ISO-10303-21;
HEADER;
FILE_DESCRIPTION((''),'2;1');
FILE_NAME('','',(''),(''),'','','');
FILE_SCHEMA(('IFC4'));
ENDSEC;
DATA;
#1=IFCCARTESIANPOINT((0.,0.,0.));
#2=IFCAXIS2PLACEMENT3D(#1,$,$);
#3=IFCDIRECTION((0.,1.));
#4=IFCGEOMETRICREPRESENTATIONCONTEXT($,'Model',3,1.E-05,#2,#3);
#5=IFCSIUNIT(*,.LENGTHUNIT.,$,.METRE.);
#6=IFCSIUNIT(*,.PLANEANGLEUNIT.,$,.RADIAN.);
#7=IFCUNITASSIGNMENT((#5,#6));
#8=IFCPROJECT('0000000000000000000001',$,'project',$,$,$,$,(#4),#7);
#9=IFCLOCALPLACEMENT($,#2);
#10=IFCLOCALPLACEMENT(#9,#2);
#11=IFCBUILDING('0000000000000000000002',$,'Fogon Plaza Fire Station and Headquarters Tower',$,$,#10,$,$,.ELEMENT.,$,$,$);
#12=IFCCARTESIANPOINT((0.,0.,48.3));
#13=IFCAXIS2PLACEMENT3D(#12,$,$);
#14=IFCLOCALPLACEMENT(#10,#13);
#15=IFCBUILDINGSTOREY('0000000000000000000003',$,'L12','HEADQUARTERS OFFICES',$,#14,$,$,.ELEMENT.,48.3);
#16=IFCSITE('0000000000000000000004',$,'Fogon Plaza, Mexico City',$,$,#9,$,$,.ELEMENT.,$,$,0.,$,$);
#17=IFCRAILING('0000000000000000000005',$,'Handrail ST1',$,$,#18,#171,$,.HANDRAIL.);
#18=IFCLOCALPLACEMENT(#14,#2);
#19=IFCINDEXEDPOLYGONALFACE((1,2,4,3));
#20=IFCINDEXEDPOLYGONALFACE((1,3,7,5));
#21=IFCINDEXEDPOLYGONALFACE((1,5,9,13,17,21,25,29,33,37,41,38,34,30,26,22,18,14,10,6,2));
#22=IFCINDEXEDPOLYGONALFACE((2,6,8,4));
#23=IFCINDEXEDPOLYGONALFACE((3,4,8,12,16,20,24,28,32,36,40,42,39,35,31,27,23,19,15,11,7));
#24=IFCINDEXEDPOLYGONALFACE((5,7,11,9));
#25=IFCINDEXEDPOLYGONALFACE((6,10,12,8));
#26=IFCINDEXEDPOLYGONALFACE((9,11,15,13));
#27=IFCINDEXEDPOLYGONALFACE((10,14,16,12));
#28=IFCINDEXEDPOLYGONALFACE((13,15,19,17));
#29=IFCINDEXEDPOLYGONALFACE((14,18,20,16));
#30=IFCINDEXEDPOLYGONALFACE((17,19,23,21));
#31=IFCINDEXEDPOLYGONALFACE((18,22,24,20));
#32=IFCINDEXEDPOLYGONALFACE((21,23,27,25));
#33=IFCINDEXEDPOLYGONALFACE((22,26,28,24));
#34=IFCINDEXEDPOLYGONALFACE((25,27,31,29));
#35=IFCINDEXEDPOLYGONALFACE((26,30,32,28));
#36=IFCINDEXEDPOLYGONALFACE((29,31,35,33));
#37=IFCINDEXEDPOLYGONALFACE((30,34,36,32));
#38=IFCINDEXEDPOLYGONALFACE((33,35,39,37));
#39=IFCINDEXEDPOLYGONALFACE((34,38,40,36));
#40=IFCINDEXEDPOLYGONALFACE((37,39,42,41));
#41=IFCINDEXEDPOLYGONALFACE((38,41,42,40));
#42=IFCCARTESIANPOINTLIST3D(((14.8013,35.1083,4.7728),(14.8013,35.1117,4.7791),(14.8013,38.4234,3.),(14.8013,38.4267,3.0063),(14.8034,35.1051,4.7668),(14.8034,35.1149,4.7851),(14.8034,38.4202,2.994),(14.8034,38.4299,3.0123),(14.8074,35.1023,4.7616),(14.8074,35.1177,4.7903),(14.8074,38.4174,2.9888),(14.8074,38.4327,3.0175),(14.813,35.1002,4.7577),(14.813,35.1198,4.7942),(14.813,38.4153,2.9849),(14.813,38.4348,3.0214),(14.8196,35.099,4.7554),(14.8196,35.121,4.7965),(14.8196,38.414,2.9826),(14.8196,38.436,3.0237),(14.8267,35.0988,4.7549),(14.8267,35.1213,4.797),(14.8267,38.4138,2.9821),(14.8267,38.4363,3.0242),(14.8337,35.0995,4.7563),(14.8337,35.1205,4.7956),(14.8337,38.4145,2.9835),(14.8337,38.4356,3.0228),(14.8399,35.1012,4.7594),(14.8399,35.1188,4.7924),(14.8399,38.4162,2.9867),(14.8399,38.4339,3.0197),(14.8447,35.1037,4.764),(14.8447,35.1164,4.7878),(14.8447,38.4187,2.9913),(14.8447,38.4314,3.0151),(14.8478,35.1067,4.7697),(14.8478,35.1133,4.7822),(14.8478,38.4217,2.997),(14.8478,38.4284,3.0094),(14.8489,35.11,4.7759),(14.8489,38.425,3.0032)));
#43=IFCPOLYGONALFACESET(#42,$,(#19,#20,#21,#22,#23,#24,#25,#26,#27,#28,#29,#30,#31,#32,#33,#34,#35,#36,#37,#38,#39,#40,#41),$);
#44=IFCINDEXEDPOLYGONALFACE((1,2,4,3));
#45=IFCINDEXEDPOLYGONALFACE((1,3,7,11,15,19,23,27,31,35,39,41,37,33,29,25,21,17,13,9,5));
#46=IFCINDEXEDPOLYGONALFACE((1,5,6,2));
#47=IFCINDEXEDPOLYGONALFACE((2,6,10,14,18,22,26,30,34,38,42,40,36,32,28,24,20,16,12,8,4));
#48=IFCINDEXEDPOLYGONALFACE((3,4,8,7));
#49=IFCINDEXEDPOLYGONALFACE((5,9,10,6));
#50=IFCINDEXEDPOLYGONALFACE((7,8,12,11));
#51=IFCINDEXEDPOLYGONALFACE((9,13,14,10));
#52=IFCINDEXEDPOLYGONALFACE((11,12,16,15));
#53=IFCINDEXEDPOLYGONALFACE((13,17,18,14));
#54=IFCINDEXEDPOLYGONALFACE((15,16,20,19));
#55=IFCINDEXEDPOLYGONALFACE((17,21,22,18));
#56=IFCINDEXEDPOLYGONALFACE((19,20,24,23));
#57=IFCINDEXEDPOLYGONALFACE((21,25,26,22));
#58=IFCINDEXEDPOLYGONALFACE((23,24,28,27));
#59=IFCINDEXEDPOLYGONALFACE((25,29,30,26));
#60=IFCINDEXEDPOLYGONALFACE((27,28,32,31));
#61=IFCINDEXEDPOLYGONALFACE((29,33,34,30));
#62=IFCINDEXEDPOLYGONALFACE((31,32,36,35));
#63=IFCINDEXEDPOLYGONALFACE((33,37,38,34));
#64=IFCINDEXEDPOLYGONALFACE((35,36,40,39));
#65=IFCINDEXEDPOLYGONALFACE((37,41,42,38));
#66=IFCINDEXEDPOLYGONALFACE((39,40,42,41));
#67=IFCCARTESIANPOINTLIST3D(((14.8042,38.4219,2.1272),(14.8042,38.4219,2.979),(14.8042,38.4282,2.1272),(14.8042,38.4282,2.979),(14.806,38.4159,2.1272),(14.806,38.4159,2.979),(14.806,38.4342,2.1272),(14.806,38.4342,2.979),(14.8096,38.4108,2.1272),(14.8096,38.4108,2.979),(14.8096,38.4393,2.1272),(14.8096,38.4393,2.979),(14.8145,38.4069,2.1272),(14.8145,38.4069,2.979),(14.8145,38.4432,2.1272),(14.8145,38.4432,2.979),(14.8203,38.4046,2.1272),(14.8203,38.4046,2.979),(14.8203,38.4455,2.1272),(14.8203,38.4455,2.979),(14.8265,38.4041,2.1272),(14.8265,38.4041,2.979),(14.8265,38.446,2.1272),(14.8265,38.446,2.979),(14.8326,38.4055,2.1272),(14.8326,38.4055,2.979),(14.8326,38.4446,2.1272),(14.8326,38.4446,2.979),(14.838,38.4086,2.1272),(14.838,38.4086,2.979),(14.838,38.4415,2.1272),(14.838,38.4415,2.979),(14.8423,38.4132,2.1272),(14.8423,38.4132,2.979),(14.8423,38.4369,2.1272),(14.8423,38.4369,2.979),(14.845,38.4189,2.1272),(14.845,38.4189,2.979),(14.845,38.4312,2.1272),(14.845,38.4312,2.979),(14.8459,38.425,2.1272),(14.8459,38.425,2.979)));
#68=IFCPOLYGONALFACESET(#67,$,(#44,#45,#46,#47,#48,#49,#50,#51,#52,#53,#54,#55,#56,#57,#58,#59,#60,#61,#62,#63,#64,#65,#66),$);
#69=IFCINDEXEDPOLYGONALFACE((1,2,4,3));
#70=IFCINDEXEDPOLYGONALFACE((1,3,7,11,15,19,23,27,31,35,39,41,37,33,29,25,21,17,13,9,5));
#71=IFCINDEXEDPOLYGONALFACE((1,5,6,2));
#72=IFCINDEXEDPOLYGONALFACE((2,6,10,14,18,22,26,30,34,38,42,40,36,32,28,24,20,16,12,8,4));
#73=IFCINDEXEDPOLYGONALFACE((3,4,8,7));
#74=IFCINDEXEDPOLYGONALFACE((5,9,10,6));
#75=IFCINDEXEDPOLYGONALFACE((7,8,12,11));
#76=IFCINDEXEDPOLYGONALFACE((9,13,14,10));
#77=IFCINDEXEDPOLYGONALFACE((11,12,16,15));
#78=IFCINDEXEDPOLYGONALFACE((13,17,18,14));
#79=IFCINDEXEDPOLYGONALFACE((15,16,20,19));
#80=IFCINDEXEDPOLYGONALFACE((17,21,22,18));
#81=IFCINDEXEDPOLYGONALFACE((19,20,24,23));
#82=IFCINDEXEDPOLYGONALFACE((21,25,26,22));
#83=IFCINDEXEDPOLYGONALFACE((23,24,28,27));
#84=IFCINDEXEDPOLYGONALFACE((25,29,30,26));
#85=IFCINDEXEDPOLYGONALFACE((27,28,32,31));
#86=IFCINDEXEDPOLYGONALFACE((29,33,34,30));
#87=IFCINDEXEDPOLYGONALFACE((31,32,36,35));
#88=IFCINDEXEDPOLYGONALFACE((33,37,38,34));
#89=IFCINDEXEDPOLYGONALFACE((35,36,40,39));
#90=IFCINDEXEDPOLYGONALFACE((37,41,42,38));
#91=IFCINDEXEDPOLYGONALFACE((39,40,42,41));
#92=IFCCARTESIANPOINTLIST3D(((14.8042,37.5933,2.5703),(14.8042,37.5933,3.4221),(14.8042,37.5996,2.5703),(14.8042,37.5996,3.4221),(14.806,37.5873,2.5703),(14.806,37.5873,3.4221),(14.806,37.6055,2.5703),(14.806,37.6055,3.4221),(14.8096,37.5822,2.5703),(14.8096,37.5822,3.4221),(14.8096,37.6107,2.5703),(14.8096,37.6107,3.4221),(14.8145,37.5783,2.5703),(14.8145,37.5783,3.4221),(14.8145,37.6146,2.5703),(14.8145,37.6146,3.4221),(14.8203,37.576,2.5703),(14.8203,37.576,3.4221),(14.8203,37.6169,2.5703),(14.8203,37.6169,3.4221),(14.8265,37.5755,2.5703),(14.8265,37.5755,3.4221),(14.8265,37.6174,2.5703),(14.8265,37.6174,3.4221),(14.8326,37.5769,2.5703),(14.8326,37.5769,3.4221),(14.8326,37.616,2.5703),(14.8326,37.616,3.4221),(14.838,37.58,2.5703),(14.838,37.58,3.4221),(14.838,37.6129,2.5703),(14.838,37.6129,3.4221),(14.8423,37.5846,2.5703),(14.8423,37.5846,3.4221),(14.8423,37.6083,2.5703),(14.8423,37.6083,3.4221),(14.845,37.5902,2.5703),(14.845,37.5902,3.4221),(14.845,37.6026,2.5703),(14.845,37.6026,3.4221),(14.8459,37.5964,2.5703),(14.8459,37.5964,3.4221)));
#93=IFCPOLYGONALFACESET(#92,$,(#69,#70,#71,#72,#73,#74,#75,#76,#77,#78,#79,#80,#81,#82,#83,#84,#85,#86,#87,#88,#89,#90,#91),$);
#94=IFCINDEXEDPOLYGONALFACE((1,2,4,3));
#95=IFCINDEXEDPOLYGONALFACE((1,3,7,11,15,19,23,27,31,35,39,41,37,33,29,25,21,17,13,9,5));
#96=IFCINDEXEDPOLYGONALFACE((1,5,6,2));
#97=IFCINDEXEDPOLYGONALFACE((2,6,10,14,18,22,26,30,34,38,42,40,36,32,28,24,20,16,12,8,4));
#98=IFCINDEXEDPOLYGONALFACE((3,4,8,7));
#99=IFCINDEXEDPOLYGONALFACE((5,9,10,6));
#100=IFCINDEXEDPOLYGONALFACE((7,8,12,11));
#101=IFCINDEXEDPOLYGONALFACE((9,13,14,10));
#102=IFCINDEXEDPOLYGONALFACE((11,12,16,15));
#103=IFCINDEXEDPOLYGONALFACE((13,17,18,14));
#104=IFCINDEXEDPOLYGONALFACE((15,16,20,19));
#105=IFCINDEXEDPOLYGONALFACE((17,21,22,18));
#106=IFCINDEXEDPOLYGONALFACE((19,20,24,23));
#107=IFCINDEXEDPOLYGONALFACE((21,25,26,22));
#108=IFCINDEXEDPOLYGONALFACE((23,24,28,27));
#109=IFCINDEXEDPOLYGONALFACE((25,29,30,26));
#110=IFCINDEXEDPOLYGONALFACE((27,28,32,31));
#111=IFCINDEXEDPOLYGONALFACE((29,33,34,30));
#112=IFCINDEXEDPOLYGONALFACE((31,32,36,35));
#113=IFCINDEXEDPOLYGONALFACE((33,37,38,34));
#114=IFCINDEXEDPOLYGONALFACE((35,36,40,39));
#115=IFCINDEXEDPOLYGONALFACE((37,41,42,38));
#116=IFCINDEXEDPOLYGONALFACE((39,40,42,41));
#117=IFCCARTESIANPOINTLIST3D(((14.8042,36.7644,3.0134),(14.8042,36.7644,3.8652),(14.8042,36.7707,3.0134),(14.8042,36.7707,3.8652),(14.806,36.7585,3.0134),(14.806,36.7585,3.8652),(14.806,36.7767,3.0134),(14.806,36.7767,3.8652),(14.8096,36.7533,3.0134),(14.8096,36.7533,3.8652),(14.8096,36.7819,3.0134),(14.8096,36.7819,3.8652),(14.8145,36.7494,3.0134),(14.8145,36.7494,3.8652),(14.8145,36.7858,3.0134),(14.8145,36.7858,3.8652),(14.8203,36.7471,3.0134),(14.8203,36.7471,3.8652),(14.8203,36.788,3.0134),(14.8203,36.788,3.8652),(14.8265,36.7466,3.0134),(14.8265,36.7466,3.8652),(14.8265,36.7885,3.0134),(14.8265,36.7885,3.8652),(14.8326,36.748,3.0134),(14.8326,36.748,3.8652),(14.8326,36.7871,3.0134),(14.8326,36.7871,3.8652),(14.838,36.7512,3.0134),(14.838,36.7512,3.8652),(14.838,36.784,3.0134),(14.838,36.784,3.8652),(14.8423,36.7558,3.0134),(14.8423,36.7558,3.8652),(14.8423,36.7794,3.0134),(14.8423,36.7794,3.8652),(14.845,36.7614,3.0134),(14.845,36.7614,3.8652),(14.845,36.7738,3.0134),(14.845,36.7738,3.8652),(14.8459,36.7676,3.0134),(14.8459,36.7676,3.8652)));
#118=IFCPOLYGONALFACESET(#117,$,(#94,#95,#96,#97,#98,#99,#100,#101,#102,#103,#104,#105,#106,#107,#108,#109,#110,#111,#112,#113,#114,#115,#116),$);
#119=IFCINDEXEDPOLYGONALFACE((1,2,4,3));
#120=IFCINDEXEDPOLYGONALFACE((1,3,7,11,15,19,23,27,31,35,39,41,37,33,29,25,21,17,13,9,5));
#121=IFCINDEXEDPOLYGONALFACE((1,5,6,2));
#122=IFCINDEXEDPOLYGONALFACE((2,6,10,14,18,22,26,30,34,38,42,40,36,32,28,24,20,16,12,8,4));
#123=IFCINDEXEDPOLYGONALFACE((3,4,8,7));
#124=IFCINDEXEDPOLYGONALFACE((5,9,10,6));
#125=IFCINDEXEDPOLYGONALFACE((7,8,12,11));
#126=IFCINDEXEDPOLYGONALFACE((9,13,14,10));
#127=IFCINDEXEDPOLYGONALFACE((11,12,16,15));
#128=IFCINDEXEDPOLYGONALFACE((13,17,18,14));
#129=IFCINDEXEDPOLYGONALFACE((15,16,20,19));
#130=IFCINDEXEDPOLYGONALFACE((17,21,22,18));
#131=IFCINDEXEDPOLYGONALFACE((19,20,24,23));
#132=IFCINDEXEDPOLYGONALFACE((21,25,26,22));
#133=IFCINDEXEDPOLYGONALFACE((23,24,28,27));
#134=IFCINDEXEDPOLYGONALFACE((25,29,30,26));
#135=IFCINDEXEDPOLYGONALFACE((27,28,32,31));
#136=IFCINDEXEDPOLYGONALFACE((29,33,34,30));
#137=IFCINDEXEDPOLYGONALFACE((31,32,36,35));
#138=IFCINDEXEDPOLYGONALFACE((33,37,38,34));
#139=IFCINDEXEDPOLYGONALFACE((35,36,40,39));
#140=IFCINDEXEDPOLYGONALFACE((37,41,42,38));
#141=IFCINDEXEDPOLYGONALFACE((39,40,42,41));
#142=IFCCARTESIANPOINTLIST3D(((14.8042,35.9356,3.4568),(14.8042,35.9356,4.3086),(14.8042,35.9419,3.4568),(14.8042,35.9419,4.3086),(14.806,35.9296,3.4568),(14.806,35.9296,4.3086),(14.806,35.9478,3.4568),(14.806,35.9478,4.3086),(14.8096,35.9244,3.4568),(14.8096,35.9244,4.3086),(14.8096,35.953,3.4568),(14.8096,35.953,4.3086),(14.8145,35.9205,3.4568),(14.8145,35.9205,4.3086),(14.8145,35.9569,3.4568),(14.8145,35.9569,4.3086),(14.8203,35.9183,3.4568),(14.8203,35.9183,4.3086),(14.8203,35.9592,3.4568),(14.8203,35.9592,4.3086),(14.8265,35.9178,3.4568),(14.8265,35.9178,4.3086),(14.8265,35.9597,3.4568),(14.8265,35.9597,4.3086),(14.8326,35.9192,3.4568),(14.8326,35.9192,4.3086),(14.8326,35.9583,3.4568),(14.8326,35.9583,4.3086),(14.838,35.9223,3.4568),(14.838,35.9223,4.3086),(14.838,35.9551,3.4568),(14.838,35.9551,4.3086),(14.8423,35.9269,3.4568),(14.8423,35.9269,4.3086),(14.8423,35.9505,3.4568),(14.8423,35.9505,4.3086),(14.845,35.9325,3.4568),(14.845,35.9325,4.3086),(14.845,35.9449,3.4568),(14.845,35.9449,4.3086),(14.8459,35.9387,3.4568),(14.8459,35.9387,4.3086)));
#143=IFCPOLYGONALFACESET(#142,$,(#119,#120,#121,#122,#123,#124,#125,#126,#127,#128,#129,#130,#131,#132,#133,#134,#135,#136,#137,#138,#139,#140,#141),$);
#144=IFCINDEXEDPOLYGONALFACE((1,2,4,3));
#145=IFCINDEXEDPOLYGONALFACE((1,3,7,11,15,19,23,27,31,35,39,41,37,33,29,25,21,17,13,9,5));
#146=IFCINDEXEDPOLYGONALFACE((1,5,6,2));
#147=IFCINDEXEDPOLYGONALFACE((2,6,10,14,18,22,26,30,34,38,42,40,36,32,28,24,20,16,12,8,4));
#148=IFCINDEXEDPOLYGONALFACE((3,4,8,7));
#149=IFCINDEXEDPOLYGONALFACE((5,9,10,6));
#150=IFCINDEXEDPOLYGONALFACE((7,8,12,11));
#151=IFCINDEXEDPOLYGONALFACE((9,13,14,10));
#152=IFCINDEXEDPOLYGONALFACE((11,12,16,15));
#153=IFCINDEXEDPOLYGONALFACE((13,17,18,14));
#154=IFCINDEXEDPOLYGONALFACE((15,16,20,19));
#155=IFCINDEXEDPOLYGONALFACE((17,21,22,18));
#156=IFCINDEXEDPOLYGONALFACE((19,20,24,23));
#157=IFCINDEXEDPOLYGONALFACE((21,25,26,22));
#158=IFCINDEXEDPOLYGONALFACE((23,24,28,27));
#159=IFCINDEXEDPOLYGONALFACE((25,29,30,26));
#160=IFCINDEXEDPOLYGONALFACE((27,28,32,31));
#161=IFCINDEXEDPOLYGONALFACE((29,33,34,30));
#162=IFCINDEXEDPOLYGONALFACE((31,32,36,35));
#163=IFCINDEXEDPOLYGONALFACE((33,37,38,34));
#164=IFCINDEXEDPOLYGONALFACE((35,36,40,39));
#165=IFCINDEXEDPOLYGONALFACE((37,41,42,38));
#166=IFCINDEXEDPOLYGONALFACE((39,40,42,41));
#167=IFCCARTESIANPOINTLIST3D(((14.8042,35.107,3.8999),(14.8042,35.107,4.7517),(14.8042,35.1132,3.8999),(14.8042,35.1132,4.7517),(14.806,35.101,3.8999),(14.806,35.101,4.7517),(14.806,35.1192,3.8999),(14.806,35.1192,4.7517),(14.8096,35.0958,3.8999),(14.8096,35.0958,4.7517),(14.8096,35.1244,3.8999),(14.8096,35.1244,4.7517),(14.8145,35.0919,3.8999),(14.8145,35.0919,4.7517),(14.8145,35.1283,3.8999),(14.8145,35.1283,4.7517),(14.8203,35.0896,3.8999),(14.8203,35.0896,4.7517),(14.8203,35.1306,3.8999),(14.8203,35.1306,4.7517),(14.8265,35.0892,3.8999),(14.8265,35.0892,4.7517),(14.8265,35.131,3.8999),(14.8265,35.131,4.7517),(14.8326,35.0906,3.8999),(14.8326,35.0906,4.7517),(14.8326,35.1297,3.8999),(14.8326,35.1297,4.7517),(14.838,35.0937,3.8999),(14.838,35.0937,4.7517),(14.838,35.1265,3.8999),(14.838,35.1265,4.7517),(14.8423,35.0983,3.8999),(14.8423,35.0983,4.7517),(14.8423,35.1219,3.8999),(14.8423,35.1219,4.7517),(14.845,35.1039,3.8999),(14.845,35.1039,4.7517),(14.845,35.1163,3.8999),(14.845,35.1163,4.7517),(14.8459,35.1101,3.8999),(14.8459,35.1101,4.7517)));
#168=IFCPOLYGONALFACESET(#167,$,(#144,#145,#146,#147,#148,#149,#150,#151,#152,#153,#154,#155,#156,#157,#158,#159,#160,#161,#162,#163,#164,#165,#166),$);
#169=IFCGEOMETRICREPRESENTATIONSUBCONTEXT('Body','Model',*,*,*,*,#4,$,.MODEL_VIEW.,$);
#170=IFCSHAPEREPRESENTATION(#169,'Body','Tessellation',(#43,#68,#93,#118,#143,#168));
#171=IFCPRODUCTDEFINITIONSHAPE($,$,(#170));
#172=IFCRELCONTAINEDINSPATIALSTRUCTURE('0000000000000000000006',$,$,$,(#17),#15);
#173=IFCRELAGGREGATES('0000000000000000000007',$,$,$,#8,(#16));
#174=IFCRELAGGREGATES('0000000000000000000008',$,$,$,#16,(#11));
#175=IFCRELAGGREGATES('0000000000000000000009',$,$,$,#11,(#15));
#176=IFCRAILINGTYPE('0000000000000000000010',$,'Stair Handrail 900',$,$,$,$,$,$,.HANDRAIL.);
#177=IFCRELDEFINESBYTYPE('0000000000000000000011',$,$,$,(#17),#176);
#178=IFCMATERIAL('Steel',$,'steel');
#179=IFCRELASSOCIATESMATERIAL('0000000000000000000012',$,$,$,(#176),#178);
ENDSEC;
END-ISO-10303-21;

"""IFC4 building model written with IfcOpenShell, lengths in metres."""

from ifc_helpers import new_model, si_unit, direction, frame, origin, origin_2d, place, context, subcontext, project, spatial, circle, extrude, material, type_object, element, save


model = new_model("IFC4")

# Units and contexts
model_context = context("Model", 3, precision=1e-05, world=origin(), true_north=direction((0.0, 1.0)))
body_context = subcontext(model_context, "Body", "Model", "MODEL_VIEW")
ifc_project = project(units=[si_unit("LENGTHUNIT", "METRE"), si_unit("PLANEANGLEUNIT", "RADIAN")], contexts=[model_context])

# Site, building, storey
site_placement = place(None, origin())
site = spatial("IfcSite", under=ifc_project, at=site_placement, Name="Fogon Plaza, Mexico City", CompositionType="ELEMENT", RefElevation=0.0)
building_placement = place(site_placement, origin())
building = spatial("IfcBuilding", under=site, at=building_placement, Name="Fogon Plaza Fire Station and Headquarters Tower", CompositionType="ELEMENT")
storey_placement = place(building_placement, frame((0.0, 0.0, 48.3)))
storey = spatial("IfcBuildingStorey", under=building, at=storey_placement, Name="L12", Description="HEADQUARTERS OFFICES", CompositionType="ELEMENT", Elevation=48.3)

# Railing
ifc_material_1 = material(Name="Steel", Category="steel")
railing_type = type_object("IfcRailingType", Name="Stair Handrail 900", PredefinedType="HANDRAIL", material=ifc_material_1)
for number, where, name in (
    (1, (14.825, 38.425, 2.1272), "Handrail ST1"),
):
    element("IfcRailing", number, at=place(storey_placement, frame(where)), inside=storey, type_object=railing_type, Name=name, PredefinedType="HANDRAIL", context=body_context, shape_type="SweptSolid", body=[
        extrude(circle(Radius=0.0239, at=origin_2d()), frame((0.0, 0.0, 0.876), z_axis=(0.0, -0.881829, 0.471569), x_axis=(1.0, 0.0, 0.0)), (0.0, 0.0, 1.0), 3.7593),
        extrude(circle(Radius=0.021, at=origin_2d()), origin(), (0.0, 0.0, 1.0), 0.8518),
        extrude(circle(Radius=0.021, at=origin_2d()), frame((0.0, -0.8286, 0.4431)), (0.0, 0.0, 1.0), 0.8518),
        extrude(circle(Radius=0.021, at=origin_2d()), frame((0.0, -1.6575, 0.8862)), (0.0, 0.0, 1.0), 0.8518),
        extrude(circle(Radius=0.021, at=origin_2d()), frame((0.0, -2.4863, 1.3296)), (0.0, 0.0, 1.0), 0.8518),
        extrude(circle(Radius=0.021, at=origin_2d()), frame((0.0, -3.3149, 1.7727)), (0.0, 0.0, 1.0), 0.8518),
    ])

save(model, "model.ifc")
